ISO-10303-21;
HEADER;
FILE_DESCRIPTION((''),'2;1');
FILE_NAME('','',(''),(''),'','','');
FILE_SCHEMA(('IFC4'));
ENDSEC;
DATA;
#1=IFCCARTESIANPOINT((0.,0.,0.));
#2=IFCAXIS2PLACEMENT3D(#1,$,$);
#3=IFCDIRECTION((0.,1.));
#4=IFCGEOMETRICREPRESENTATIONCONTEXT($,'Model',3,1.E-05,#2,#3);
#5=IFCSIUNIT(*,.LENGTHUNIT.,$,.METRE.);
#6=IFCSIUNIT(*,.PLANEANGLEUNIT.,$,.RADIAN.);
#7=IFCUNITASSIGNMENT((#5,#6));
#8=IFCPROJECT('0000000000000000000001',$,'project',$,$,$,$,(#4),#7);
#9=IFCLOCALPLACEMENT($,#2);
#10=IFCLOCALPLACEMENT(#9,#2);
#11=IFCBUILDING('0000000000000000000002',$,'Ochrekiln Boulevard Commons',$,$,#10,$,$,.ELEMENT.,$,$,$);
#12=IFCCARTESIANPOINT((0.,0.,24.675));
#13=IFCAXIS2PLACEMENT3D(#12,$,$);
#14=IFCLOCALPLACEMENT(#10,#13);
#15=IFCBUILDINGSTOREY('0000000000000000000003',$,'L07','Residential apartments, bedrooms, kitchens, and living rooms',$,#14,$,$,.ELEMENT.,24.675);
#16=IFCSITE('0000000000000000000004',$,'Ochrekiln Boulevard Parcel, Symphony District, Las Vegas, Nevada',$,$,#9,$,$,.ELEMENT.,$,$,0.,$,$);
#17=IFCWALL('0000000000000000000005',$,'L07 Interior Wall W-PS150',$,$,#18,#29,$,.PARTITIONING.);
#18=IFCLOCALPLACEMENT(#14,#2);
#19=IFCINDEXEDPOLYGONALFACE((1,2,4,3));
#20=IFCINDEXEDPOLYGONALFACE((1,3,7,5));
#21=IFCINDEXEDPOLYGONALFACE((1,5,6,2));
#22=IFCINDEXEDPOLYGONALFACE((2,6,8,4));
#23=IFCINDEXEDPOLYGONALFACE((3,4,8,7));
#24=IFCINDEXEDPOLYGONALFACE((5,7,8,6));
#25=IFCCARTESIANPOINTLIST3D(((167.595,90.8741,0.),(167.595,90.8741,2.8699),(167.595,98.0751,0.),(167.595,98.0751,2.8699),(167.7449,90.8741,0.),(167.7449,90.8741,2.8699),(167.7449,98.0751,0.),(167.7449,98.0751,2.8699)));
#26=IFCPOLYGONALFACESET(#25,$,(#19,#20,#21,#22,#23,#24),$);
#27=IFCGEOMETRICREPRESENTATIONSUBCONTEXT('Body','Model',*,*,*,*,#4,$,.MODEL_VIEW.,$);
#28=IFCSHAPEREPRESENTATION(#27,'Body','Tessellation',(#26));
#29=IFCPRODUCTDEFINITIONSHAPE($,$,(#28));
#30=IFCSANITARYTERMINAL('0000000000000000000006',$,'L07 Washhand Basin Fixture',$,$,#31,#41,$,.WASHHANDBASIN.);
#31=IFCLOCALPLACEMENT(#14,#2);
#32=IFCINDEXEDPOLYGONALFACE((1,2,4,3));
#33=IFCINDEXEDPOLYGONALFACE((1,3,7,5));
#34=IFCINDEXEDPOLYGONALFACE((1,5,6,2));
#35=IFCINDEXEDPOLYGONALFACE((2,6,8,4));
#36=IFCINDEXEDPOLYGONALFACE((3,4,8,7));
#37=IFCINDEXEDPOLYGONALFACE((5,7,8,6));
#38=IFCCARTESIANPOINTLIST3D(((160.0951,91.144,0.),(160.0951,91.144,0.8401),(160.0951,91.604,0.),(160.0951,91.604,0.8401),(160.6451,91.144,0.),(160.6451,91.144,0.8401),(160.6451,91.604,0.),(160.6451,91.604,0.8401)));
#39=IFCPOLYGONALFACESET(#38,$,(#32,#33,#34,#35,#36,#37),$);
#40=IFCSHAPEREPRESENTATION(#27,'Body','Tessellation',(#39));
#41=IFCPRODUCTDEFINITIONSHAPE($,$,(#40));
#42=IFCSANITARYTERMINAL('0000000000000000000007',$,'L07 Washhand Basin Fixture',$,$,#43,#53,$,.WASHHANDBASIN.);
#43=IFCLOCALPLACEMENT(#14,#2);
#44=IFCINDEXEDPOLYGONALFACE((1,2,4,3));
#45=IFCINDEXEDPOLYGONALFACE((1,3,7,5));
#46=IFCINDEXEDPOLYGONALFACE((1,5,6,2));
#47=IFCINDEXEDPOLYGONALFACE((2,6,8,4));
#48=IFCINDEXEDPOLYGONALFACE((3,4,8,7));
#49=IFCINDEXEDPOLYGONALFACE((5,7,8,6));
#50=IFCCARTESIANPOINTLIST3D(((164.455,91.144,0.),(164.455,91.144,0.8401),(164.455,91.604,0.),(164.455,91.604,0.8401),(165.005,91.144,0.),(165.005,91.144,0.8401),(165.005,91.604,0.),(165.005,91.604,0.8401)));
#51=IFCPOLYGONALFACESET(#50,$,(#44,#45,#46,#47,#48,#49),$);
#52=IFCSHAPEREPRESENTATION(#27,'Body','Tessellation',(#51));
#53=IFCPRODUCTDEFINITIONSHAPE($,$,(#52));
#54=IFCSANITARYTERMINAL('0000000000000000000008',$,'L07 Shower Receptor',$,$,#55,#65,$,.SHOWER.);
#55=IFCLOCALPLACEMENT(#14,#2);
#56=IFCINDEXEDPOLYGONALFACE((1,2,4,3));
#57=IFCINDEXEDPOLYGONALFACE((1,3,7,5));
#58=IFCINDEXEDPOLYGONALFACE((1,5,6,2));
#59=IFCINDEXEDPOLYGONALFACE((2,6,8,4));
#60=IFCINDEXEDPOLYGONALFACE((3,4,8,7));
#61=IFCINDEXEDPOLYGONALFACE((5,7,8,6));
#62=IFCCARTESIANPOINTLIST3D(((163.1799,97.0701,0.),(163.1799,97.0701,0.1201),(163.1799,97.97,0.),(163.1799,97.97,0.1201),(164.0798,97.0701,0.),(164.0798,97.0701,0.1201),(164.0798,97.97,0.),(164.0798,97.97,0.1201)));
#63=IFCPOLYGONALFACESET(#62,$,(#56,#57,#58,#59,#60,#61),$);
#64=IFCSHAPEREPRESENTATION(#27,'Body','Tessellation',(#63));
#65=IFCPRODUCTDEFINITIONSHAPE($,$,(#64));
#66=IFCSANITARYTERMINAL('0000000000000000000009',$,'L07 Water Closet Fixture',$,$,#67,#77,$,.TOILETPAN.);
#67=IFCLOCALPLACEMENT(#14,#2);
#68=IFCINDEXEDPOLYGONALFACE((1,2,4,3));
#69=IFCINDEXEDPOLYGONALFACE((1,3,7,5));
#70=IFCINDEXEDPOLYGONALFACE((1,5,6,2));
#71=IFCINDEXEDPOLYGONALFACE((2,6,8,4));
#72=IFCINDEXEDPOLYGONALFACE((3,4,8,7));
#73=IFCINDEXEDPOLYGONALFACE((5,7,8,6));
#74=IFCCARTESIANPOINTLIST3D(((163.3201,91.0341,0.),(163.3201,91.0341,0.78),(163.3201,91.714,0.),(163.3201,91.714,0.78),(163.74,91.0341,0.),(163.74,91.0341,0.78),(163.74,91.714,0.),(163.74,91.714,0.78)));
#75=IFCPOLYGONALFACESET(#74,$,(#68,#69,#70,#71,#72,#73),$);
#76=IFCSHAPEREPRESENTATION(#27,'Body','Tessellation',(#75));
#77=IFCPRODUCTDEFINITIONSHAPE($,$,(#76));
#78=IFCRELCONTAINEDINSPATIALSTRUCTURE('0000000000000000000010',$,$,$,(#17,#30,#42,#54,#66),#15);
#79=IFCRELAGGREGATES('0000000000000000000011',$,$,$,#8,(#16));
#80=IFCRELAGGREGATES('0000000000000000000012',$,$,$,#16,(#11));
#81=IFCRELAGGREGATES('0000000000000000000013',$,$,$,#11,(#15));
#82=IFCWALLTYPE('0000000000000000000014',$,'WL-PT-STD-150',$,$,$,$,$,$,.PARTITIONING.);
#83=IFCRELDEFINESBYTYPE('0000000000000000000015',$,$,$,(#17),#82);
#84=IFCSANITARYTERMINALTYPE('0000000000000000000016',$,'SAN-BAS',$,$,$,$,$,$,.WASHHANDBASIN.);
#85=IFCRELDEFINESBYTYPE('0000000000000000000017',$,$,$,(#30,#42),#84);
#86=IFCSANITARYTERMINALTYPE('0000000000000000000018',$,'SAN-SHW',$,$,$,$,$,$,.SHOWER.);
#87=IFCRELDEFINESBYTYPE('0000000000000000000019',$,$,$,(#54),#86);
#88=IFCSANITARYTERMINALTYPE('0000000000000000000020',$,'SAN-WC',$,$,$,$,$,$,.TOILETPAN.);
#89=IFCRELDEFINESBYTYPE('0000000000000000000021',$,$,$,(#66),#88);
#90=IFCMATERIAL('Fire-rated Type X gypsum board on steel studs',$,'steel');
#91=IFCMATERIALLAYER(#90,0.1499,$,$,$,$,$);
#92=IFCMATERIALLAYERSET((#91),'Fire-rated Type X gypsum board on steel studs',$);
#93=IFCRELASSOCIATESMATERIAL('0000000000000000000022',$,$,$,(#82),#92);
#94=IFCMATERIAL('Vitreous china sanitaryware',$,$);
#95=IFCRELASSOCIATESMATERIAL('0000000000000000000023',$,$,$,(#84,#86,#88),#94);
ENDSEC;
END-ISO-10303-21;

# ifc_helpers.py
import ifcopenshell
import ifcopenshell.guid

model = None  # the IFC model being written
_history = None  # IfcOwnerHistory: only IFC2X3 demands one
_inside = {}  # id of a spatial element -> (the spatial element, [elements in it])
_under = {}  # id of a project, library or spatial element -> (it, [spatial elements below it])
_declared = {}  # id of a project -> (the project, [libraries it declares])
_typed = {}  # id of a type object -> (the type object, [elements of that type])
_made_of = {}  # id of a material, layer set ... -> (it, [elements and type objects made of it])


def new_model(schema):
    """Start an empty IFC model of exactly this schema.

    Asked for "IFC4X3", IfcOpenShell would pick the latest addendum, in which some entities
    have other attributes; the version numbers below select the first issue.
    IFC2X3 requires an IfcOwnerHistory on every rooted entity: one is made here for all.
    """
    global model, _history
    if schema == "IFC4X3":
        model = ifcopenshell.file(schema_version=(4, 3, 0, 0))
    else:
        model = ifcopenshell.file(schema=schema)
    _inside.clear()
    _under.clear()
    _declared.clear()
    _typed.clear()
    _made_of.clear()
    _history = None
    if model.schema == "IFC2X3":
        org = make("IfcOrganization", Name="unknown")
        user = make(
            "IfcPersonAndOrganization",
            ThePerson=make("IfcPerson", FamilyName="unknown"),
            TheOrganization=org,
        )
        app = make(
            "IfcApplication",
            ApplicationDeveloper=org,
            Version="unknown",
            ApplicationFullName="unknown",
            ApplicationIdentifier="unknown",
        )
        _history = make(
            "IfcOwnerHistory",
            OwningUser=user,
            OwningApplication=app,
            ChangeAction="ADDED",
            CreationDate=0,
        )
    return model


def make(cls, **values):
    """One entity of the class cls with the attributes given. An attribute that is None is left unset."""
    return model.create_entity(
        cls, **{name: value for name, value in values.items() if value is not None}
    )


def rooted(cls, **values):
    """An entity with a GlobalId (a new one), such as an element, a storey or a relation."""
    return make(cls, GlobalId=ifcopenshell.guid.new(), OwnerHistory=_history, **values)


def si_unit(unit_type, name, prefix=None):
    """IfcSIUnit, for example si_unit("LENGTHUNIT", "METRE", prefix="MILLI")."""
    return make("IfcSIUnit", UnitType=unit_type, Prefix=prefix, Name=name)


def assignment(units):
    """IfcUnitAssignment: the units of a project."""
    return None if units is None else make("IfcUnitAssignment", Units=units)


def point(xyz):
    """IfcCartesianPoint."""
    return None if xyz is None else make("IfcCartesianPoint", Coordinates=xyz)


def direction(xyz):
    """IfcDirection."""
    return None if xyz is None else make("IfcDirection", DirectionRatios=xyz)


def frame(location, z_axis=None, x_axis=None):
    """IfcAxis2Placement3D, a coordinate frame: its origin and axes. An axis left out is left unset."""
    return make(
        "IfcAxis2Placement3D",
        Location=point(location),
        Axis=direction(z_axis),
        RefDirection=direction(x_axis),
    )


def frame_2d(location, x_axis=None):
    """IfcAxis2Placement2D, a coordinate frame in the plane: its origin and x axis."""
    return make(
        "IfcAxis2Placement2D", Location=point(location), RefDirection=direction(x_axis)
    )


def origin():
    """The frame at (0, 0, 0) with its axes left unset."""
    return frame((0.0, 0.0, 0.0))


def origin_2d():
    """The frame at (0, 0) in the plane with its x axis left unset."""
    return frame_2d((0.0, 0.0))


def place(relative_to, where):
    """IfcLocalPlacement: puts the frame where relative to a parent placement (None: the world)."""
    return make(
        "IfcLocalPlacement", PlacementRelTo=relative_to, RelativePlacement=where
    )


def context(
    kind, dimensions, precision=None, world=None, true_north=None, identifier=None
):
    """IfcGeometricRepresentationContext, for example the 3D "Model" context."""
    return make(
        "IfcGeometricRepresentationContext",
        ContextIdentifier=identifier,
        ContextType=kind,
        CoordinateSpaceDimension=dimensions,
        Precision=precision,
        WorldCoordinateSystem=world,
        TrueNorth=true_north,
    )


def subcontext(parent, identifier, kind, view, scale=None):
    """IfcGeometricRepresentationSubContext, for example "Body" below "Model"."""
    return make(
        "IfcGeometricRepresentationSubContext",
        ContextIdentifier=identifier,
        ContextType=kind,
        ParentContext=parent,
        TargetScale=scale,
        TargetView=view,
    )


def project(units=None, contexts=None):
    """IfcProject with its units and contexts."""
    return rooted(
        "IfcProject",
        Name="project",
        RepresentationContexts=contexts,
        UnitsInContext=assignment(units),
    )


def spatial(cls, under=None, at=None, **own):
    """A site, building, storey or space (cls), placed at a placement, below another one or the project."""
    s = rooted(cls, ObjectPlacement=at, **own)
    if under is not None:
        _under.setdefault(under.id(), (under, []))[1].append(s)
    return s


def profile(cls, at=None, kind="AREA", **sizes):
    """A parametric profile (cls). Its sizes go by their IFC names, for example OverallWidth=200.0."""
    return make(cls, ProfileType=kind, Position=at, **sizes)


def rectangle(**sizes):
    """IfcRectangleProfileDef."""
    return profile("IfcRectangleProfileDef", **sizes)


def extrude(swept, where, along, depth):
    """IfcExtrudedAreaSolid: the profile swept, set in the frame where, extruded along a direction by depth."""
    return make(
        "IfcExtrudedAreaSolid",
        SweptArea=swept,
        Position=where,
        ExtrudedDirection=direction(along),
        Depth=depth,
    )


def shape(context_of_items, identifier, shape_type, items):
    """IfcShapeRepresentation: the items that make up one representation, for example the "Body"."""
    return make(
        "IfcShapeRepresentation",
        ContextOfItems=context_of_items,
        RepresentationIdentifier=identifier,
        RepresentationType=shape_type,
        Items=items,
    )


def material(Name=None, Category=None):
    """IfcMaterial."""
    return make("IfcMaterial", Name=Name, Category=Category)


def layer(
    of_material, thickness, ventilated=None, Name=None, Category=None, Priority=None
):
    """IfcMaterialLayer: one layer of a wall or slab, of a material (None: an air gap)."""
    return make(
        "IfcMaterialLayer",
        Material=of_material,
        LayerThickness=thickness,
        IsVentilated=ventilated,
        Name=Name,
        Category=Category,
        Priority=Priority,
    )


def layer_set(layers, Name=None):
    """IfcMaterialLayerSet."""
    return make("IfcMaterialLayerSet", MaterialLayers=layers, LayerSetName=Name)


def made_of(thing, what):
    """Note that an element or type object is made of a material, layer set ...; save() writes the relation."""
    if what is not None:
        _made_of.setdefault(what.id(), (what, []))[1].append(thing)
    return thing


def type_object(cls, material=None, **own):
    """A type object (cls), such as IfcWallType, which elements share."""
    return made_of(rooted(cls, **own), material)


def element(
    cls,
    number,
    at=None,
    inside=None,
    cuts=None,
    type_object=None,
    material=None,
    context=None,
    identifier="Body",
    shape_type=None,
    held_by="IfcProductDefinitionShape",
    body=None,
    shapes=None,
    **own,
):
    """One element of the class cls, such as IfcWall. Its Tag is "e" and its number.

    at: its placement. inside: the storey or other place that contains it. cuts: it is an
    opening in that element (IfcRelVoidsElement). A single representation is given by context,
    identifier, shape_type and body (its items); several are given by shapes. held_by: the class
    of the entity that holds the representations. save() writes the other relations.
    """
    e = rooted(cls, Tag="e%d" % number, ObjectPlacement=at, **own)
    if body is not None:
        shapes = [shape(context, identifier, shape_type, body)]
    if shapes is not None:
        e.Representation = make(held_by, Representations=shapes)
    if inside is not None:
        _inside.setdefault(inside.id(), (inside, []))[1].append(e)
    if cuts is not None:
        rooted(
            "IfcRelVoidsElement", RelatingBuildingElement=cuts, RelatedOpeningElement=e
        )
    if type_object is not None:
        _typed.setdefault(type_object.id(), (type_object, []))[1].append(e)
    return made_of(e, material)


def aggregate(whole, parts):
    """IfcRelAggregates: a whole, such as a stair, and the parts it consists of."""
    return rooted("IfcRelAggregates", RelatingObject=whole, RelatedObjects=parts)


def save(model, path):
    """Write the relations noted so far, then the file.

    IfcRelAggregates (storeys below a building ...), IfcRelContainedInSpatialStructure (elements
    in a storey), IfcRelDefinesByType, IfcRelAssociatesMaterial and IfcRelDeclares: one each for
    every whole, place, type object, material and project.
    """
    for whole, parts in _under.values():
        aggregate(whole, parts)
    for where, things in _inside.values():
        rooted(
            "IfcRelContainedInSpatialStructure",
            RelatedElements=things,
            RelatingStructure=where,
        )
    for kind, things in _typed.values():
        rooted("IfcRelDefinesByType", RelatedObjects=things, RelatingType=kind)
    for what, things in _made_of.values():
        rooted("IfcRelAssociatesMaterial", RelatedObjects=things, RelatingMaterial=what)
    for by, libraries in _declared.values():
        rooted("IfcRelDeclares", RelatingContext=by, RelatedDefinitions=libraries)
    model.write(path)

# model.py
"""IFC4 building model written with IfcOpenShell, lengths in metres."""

from ifc_helpers import new_model, si_unit, direction, frame, frame_2d, origin, origin_2d, place, context, subcontext, project, spatial, rectangle, extrude, material, layer, layer_set, type_object, element, save


model = new_model("IFC4")

# Units and contexts
model_context = context("Model", 3, precision=1e-05, world=origin(), true_north=direction((0.0, 1.0)))
body_context = subcontext(model_context, "Body", "Model", "MODEL_VIEW")
ifc_project = project(units=[si_unit("LENGTHUNIT", "METRE"), si_unit("PLANEANGLEUNIT", "RADIAN")], contexts=[model_context])

# Site, building, storey
site_placement = place(None, origin())
site = spatial("IfcSite", under=ifc_project, at=site_placement, Name="Ochrekiln Boulevard Parcel, Symphony District, Las Vegas, Nevada", CompositionType="ELEMENT", RefElevation=0.0)
building_placement = place(site_placement, origin())
building = spatial("IfcBuilding", under=site, at=building_placement, Name="Ochrekiln Boulevard Commons", CompositionType="ELEMENT")
storey_placement = place(building_placement, frame((0.0, 0.0, 24.675)))
storey = spatial("IfcBuildingStorey", under=building, at=storey_placement, Name="L07", Description="Residential apartments, bedrooms, kitchens, and living rooms", CompositionType="ELEMENT", Elevation=24.675)

# Shared definitions
ifc_material_1 = material(Name="Fire-rated Type X gypsum board on steel studs", Category="steel")

# Shared definitions
ifc_layer_1 = layer(ifc_material_1, 0.1499)
ifc_layer_set_1 = layer_set([ifc_layer_1], Name="Fire-rated Type X gypsum board on steel studs")
wall_type_1 = type_object("IfcWallType", Name="WL-PT-STD-150", PredefinedType="PARTITIONING", material=ifc_layer_set_1)

# Wall
wall_1_placement = place(storey_placement, frame((167.6699, 90.874, 0.0), z_axis=(0.0, 0.0, 1.0), x_axis=(0.0, 1.0, 0.0)))
element("IfcWall", 1, at=wall_1_placement, inside=storey, type_object=wall_type_1, Name="L07 Interior Wall W-PS150", PredefinedType="PARTITIONING", context=body_context, shape_type="SweptSolid", body=[
    extrude(rectangle(XDim=7.2009, YDim=0.1499, at=frame_2d((3.6006, 0.0))), origin(), (0.0, 0.0, 1.0), 2.8699),
])

# Sanitary terminals
ifc_material_2 = material(Name="Vitreous china sanitaryware")
sanitary_terminal_type_1 = type_object("IfcSanitaryTerminalType", Name="SAN-BAS", PredefinedType="WASHHANDBASIN", material=ifc_material_2)
for number, where, z_axis, x_axis, name in (
    (2, (160.3701, 91.374, 0.0), (0.0, 0.0, 1.0), (1.0, 0.0, 0.0), "L07 Washhand Basin Fixture"),
    (3, (164.73, 91.374, 0.0), (0.0, 0.0, 1.0), (1.0, 0.0, 0.0), "L07 Washhand Basin Fixture"),
):
    element("IfcSanitaryTerminal", number, at=place(storey_placement, frame(where, z_axis=z_axis, x_axis=x_axis)), inside=storey, type_object=sanitary_terminal_type_1, Name=name, PredefinedType="WASHHANDBASIN", context=body_context, shape_type="SweptSolid", body=[
        extrude(rectangle(XDim=0.55, YDim=0.46, at=origin_2d()), origin(), (0.0, 0.0, 1.0), 0.8401),
    ])
sanitary_terminal_type_2 = type_object("IfcSanitaryTerminalType", Name="SAN-SHW", PredefinedType="SHOWER", material=ifc_material_2)
sanitary_terminal_1_placement = place(storey_placement, frame((163.6299, 97.52, 0.0), z_axis=(0.0, 0.0, 1.0), x_axis=(1.0, 0.0, 0.0)))
element("IfcSanitaryTerminal", 4, at=sanitary_terminal_1_placement, inside=storey, type_object=sanitary_terminal_type_2, Name="L07 Shower Receptor", PredefinedType="SHOWER", context=body_context, shape_type="SweptSolid", body=[
    extrude(rectangle(XDim=0.8999, YDim=0.8999, at=origin_2d()), origin(), (0.0, 0.0, 1.0), 0.1201),
])
sanitary_terminal_type_3 = type_object("IfcSanitaryTerminalType", Name="SAN-WC", PredefinedType="TOILETPAN", material=ifc_material_2)
sanitary_terminal_2_placement = place(storey_placement, frame((163.53, 91.374, 0.0), z_axis=(0.0, 0.0, 1.0), x_axis=(1.0, 0.0, 0.0)))
element("IfcSanitaryTerminal", 5, at=sanitary_terminal_2_placement, inside=storey, type_object=sanitary_terminal_type_3, Name="L07 Water Closet Fixture", PredefinedType="TOILETPAN", context=body_context, shape_type="SweptSolid", body=[
    extrude(rectangle(XDim=0.4199, YDim=0.6799, at=origin_2d()), origin(), (0.0, 0.0, 1.0), 0.78),
])

save(model, "model.ifc")
